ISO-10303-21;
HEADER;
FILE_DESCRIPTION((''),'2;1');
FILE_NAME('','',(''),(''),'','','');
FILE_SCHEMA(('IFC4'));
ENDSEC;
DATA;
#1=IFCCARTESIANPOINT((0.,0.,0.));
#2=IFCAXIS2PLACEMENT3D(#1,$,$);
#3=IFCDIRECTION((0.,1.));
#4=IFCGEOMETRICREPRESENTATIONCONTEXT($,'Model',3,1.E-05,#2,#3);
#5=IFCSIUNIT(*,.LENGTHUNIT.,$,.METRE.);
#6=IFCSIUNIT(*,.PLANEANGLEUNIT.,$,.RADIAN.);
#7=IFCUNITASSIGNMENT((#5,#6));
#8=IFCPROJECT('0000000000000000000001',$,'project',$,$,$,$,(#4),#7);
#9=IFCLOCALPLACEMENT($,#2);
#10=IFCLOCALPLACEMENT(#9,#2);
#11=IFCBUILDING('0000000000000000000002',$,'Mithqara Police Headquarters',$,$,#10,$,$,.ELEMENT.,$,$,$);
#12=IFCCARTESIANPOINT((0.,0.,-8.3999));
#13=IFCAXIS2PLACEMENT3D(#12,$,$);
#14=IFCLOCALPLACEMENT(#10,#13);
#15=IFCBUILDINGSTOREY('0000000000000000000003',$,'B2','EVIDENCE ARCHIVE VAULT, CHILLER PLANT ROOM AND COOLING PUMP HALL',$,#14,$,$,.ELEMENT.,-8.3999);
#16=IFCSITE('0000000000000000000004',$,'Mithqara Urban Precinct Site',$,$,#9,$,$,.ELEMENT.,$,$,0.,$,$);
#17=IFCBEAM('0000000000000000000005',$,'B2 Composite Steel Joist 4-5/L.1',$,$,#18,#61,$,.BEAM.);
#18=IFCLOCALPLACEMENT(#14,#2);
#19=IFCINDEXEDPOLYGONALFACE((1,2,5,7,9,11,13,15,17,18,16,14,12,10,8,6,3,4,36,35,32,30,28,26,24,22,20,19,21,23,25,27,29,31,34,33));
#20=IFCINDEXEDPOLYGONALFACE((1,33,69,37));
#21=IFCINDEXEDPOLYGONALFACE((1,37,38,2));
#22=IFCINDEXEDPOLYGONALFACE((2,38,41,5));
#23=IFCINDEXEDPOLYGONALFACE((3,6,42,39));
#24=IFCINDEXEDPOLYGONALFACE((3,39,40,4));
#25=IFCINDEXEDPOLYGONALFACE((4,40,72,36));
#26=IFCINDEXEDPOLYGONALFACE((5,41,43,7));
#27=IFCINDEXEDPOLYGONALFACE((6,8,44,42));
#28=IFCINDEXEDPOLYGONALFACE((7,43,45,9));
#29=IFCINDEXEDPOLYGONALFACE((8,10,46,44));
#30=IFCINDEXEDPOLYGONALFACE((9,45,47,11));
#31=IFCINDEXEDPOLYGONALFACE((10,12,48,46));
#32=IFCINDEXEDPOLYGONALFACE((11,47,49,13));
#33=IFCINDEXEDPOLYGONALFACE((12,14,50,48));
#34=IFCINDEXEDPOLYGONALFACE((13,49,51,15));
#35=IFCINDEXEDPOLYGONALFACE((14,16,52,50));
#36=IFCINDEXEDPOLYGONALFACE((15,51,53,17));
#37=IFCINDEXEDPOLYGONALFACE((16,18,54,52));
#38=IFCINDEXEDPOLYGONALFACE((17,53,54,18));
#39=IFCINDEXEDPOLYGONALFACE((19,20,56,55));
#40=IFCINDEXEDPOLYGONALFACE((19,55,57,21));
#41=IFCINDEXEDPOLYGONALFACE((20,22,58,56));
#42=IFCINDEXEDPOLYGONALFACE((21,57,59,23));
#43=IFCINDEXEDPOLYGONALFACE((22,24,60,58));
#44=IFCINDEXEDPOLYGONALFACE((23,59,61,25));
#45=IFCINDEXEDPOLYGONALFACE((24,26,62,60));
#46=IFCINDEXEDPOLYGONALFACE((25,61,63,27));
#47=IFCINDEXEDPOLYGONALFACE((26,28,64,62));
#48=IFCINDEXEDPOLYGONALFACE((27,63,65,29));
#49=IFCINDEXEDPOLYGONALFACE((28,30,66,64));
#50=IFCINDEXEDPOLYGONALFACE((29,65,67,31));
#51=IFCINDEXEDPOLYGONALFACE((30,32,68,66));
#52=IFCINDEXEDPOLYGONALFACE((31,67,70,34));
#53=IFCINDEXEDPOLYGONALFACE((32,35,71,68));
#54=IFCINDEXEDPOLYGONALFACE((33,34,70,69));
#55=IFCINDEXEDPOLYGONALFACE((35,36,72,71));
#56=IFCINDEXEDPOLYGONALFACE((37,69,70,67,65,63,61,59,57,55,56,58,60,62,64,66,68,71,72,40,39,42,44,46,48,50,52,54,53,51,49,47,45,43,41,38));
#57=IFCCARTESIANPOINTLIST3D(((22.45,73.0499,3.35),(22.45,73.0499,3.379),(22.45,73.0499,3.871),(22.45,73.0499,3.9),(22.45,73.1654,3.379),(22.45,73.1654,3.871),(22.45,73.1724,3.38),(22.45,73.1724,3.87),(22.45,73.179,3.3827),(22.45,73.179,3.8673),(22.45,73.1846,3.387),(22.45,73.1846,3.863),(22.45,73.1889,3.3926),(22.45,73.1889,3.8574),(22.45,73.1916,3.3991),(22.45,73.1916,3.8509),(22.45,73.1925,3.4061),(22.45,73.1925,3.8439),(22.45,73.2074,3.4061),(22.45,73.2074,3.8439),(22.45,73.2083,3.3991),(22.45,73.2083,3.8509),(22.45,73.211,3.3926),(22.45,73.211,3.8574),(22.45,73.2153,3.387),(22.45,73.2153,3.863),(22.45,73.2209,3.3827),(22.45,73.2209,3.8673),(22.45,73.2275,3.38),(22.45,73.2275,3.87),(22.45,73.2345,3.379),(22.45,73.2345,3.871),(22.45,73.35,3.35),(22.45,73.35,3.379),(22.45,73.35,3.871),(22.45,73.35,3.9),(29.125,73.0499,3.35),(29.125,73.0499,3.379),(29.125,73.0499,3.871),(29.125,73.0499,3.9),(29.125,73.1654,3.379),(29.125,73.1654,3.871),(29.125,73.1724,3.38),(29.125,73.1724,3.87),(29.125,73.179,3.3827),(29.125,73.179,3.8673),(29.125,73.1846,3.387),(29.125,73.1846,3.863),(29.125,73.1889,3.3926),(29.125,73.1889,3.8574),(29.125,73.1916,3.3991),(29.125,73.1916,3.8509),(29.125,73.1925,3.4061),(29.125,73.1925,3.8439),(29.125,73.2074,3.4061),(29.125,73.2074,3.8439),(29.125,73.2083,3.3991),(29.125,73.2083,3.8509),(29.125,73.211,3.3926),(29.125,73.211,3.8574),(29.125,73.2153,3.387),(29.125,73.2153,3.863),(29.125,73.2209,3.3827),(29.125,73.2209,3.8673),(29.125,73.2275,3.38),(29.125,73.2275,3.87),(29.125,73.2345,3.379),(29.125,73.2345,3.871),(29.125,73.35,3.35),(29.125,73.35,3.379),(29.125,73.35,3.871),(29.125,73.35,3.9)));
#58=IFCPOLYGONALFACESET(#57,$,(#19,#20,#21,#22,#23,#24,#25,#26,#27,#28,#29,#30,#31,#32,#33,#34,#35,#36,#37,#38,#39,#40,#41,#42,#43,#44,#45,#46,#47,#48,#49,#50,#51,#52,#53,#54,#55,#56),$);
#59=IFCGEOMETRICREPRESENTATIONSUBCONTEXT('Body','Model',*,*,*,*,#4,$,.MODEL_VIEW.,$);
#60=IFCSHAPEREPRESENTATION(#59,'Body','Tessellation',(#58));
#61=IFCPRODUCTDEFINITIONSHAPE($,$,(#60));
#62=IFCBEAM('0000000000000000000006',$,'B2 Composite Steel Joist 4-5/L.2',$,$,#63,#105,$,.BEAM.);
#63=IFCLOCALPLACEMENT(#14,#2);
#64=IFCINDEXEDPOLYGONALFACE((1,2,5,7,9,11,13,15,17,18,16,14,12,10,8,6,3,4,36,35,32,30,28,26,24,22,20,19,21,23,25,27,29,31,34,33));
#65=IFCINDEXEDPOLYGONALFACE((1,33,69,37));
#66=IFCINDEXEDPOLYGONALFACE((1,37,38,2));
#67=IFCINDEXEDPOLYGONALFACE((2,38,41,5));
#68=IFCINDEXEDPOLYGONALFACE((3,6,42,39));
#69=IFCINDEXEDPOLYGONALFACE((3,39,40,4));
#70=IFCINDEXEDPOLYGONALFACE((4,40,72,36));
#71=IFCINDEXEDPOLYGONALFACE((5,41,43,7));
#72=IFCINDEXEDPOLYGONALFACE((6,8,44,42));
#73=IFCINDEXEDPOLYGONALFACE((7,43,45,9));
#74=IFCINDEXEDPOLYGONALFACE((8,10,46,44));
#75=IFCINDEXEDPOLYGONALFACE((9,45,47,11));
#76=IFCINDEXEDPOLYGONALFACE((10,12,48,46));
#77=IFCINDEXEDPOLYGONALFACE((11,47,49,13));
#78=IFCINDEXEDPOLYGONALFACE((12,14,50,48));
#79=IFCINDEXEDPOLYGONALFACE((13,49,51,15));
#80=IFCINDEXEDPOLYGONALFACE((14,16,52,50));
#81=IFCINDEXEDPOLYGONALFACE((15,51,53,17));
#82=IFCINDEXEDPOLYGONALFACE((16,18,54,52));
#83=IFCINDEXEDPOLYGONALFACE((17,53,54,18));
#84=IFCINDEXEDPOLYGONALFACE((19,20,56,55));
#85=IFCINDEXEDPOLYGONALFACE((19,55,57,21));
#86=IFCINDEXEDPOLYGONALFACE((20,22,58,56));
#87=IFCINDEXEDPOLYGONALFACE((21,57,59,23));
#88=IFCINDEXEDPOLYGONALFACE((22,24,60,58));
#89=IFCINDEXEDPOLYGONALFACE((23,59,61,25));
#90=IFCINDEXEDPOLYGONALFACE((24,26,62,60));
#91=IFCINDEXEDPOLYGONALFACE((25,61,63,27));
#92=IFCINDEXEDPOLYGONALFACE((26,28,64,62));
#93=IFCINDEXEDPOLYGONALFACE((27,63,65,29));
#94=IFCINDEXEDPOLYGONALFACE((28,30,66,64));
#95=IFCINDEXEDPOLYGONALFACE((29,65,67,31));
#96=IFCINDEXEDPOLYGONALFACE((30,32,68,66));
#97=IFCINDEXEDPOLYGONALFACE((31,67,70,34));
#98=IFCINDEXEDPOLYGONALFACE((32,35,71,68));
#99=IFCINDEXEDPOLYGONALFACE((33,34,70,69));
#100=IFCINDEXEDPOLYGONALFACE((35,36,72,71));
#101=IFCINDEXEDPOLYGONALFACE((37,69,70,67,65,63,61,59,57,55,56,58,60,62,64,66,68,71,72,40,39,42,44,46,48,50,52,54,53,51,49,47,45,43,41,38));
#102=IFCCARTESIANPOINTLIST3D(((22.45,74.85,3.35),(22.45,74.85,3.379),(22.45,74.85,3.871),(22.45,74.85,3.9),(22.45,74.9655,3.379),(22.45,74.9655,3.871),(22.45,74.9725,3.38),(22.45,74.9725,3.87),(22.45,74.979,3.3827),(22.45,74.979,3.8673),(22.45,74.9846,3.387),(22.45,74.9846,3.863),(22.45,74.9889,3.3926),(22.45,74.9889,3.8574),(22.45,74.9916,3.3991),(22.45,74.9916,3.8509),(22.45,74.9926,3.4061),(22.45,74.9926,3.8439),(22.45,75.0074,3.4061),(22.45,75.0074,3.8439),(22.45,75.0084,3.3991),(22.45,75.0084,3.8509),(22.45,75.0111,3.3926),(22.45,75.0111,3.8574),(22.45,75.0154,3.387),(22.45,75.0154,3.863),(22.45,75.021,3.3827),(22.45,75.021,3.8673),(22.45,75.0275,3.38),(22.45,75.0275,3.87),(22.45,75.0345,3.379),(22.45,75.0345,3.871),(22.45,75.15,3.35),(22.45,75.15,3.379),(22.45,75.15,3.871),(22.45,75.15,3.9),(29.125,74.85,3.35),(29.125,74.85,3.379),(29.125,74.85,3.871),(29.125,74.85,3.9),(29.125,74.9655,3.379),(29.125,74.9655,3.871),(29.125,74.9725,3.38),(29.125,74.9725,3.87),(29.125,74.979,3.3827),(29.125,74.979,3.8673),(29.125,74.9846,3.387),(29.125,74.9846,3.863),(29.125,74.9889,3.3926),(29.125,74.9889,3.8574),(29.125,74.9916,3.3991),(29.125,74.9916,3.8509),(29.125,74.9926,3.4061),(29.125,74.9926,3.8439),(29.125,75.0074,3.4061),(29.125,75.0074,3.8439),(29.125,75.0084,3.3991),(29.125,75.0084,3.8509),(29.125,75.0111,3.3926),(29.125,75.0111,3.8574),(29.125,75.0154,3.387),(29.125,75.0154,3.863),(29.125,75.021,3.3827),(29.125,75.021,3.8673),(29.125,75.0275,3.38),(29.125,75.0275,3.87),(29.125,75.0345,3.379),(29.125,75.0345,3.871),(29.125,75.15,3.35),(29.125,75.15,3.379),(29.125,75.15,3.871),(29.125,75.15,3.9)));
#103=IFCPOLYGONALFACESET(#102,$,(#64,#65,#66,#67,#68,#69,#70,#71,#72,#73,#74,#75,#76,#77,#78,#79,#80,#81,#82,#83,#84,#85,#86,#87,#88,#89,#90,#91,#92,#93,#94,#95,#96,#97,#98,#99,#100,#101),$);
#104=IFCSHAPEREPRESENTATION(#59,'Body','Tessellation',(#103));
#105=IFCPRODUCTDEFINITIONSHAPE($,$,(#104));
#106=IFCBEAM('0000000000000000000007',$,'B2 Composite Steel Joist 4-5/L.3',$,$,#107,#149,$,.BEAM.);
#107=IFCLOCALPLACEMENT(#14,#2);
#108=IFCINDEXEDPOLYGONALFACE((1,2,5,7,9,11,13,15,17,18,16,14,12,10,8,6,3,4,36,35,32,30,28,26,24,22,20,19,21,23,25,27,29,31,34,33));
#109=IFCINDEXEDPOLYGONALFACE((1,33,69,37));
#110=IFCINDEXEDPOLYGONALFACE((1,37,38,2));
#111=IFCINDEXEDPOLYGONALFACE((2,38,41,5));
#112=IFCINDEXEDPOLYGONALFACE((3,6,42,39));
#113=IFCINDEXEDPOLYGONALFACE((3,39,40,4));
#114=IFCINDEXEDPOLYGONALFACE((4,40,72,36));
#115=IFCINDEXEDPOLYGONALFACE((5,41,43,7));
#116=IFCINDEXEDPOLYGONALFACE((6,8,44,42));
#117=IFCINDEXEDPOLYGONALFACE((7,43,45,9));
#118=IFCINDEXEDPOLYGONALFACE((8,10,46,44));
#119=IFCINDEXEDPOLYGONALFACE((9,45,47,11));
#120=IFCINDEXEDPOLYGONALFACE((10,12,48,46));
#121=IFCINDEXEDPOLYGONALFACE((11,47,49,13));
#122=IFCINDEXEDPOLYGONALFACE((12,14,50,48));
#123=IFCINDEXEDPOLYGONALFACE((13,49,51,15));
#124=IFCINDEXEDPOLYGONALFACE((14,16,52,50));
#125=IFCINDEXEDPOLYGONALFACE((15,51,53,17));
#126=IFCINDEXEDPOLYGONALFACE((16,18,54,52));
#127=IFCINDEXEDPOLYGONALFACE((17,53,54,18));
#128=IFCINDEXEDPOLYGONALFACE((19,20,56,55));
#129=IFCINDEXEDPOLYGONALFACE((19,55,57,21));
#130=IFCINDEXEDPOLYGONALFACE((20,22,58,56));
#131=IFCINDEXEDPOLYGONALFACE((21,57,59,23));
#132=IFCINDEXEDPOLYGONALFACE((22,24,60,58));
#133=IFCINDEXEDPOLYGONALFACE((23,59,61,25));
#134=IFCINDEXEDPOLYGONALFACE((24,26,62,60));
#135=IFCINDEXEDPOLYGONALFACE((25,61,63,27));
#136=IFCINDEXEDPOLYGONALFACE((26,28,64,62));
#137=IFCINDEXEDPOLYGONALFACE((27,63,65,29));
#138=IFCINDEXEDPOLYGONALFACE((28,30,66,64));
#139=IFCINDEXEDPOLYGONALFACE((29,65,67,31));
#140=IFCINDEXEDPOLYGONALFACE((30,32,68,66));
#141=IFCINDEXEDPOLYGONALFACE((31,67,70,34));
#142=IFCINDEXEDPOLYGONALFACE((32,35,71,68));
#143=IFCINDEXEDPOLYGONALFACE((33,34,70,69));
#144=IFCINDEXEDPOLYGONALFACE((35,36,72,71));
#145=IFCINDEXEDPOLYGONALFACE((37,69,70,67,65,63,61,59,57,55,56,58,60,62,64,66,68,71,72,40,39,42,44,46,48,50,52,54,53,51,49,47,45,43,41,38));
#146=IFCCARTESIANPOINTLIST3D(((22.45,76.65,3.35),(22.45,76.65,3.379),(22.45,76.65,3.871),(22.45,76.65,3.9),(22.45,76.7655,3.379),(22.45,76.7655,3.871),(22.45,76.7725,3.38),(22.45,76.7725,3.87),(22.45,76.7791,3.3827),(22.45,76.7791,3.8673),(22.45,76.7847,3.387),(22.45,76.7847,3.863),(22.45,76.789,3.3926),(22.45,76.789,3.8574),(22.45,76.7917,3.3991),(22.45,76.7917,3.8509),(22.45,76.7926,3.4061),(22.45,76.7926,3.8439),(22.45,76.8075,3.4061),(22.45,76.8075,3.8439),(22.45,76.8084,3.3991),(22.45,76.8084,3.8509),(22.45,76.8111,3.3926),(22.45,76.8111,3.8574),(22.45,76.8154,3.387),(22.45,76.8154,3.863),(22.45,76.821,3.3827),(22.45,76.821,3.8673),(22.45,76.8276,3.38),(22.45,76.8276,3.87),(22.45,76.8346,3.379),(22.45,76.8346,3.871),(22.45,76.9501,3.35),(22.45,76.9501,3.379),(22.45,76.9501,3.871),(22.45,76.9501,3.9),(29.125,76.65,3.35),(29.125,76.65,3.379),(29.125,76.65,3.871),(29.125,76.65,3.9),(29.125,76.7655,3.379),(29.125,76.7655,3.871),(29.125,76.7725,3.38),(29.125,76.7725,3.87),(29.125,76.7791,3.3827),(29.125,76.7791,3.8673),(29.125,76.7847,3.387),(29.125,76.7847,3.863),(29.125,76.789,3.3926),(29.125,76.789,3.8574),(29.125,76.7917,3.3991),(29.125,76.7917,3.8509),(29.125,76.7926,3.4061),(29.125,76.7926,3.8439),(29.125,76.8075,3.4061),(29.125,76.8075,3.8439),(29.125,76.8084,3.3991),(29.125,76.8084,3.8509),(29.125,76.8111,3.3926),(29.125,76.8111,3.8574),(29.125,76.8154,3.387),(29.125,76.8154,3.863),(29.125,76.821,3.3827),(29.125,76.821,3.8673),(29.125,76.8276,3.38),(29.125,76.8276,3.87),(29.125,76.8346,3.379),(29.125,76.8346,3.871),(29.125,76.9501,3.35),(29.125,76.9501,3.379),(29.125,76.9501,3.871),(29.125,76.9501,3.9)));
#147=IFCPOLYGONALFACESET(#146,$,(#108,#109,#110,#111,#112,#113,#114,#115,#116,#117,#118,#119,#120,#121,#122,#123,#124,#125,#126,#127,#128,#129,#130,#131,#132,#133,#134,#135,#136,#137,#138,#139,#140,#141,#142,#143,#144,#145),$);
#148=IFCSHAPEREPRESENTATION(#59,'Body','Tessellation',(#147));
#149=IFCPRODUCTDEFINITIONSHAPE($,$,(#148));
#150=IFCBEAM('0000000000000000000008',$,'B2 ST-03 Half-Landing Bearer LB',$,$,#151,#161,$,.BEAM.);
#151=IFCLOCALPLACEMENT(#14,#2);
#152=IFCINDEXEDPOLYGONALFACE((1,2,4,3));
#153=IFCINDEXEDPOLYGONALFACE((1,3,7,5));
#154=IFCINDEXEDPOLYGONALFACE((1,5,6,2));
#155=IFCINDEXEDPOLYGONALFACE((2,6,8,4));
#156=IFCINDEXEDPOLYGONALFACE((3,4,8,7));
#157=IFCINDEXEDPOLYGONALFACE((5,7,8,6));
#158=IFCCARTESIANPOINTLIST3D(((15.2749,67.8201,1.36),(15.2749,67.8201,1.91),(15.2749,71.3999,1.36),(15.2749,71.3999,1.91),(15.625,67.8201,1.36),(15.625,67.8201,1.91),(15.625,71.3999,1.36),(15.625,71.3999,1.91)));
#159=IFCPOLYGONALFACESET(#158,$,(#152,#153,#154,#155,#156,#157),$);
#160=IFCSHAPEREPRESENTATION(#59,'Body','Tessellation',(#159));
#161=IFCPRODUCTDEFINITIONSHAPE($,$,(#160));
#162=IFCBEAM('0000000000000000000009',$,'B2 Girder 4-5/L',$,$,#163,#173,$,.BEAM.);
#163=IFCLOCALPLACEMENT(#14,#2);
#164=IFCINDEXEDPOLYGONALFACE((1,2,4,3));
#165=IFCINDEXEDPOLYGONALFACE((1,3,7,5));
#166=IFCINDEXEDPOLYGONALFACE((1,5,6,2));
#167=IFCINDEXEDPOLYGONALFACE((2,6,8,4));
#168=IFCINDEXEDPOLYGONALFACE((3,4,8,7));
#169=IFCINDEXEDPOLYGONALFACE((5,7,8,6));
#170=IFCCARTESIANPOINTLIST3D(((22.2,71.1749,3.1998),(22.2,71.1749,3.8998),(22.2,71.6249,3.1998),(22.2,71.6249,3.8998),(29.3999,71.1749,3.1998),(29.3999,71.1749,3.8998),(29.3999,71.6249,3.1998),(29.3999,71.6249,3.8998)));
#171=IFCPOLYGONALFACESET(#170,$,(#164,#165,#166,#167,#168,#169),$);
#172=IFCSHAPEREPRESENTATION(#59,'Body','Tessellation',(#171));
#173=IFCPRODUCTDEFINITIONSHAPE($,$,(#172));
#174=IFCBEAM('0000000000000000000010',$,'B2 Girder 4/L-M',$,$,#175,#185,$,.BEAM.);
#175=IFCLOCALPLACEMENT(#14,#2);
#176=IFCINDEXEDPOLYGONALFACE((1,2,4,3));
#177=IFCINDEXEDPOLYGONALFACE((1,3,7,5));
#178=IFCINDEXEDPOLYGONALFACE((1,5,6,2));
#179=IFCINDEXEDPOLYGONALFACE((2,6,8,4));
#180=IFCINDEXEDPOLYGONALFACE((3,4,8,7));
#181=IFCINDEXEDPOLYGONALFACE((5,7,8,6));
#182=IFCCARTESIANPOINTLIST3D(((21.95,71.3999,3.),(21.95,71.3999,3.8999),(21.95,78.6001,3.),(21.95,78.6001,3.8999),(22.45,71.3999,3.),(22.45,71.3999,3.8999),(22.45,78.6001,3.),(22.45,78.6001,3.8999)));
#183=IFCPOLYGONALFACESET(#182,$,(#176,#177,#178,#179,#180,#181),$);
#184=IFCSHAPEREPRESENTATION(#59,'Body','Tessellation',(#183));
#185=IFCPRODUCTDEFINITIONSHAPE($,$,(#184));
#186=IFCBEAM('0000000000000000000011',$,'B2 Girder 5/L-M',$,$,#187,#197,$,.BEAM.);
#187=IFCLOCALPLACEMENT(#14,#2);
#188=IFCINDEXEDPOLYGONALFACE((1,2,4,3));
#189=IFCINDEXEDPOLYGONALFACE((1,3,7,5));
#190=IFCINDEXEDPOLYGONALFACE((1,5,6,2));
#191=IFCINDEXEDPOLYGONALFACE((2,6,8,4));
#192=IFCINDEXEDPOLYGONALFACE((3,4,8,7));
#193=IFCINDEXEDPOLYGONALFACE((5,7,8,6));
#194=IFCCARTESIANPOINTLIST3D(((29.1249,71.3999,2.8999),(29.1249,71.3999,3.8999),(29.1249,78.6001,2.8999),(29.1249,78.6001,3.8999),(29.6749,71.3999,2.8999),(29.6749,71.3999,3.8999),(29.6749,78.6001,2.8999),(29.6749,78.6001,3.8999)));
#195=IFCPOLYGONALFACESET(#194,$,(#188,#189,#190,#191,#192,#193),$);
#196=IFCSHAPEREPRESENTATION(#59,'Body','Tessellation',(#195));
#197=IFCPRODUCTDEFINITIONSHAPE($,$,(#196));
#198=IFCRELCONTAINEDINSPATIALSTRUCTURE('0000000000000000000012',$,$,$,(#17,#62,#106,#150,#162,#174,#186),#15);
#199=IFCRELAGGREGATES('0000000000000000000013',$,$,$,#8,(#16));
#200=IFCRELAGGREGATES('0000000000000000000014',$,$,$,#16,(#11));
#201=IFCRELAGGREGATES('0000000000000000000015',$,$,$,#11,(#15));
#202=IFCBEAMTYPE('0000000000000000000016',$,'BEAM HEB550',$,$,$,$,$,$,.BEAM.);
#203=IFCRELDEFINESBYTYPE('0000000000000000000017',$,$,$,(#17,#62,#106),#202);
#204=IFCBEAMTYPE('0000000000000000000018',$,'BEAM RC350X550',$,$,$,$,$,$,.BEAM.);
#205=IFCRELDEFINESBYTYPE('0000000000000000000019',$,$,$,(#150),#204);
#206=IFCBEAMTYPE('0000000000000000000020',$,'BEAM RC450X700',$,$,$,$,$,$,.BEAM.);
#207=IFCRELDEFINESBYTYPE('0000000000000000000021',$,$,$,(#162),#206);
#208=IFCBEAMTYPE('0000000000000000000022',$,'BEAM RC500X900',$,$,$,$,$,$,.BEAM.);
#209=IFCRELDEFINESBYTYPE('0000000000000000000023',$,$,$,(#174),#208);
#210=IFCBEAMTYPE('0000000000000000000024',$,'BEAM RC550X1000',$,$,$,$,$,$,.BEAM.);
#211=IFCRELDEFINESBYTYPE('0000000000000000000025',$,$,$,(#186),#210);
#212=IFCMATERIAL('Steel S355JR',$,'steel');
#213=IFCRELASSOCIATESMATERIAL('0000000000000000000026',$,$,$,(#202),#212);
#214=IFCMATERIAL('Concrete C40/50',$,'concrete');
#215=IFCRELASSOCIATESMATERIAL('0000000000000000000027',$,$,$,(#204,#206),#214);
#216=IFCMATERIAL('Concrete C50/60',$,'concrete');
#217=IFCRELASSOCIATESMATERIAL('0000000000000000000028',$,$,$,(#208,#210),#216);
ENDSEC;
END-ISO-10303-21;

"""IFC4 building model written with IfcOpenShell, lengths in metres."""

from ifc_helpers import new_model, si_unit, direction, frame, origin, origin_2d, place, context, subcontext, project, spatial, rectangle, i_section, extrude, material, material_profile, profile_set, type_object, element, save


model = new_model("IFC4")

# Units and contexts
model_context = context("Model", 3, precision=1e-05, world=origin(), true_north=direction((0.0, 1.0)))
body_context = subcontext(model_context, "Body", "Model", "MODEL_VIEW")
ifc_project = project(units=[si_unit("LENGTHUNIT", "METRE"), si_unit("PLANEANGLEUNIT", "RADIAN")], contexts=[model_context])

# Site, building, storey
site_placement = place(None, origin())
site = spatial("IfcSite", under=ifc_project, at=site_placement, Name="Mithqara Urban Precinct Site", CompositionType="ELEMENT", RefElevation=0.0)
building_placement = place(site_placement, origin())
building = spatial("IfcBuilding", under=site, at=building_placement, Name="Mithqara Police Headquarters", CompositionType="ELEMENT")
storey_placement = place(building_placement, frame((0.0, 0.0, -8.3999)))
storey = spatial("IfcBuildingStorey", under=building, at=storey_placement, Name="B2", Description="EVIDENCE ARCHIVE VAULT, CHILLER PLANT ROOM AND COOLING PUMP HALL", CompositionType="ELEMENT", Elevation=-8.3999)

# Shared definitions
ifc_material_1 = material(Name="Concrete C40/50", Category="concrete")

# Shared definitions
ifc_material_2 = material(Name="Concrete C50/60", Category="concrete")

# Beams
ifc_material_3 = material(Name="Steel S355JR", Category="steel")
ifc_material_profile_1 = material_profile(ifc_material_3, i_section(OverallWidth=0.3, OverallDepth=0.55, WebThickness=0.0149, FlangeThickness=0.0291, FilletRadius=0.0271, at=origin_2d()), Name="HEB 550")
ifc_profile_set_1 = profile_set([ifc_material_profile_1], Name="Steel S355JR")
beam_type_1 = type_object("IfcBeamType", Name="BEAM HEB550", PredefinedType="BEAM", material=ifc_profile_set_1)
for number, where, z_axis, x_axis, name in (
    (1, (22.45, 73.2, 3.625), (1.0, 0.0, 0.0), (0.0, 1.0, 0.0), "B2 Composite Steel Joist 4-5/L.1"),
    (2, (22.45, 75.0, 3.625), (1.0, 0.0, 0.0), (0.0, 1.0, 0.0), "B2 Composite Steel Joist 4-5/L.2"),
    (3, (22.45, 76.8, 3.625), (1.0, 0.0, 0.0), (0.0, 1.0, 0.0), "B2 Composite Steel Joist 4-5/L.3"),
):
    element("IfcBeam", number, at=place(storey_placement, frame(where, z_axis=z_axis, x_axis=x_axis)), inside=storey, type_object=beam_type_1, Name=name, PredefinedType="BEAM", context=body_context, shape_type="SweptSolid", body=[
        extrude(i_section(OverallWidth=0.3, OverallDepth=0.55, WebThickness=0.0149, FlangeThickness=0.0291, FilletRadius=0.0271, at=origin_2d()), origin(), (0.0, 0.0, 1.0), 6.675),
    ])
ifc_material_profile_2 = material_profile(ifc_material_1, rectangle(XDim=0.3501, YDim=0.55, at=origin_2d()), Name="RC 350x550")
ifc_profile_set_2 = profile_set([ifc_material_profile_2], Name="Concrete C40/50")
beam_type_2 = type_object("IfcBeamType", Name="BEAM RC350X550", PredefinedType="BEAM", material=ifc_profile_set_2)
beam_1_placement = place(storey_placement, frame((15.45, 67.8201, 1.635), z_axis=(0.0, 1.0, 0.0), x_axis=(-1.0, 0.0, 0.0)))
element("IfcBeam", 4, at=beam_1_placement, inside=storey, type_object=beam_type_2, Name="B2 ST-03 Half-Landing Bearer LB", PredefinedType="BEAM", context=body_context, shape_type="SweptSolid", body=[
    extrude(rectangle(XDim=0.3501, YDim=0.55, at=origin_2d()), origin(), (0.0, 0.0, 1.0), 3.5798),
])
ifc_material_profile_3 = material_profile(ifc_material_1, rectangle(XDim=0.45, YDim=0.7, at=origin_2d()), Name="RC 450x700")
ifc_profile_set_3 = profile_set([ifc_material_profile_3], Name="Concrete C40/50")
beam_type_3 = type_object("IfcBeamType", Name="BEAM RC450X700", PredefinedType="BEAM", material=ifc_profile_set_3)
beam_2_placement = place(storey_placement, frame((22.2, 71.3999, 3.5498), z_axis=(1.0, 0.0, 0.0), x_axis=(0.0, 1.0, 0.0)))
element("IfcBeam", 5, at=beam_2_placement, inside=storey, type_object=beam_type_3, Name="B2 Girder 4-5/L", PredefinedType="BEAM", context=body_context, shape_type="SweptSolid", body=[
    extrude(rectangle(XDim=0.45, YDim=0.7, at=origin_2d()), origin(), (0.0, 0.0, 1.0), 7.2),
])
ifc_material_profile_4 = material_profile(ifc_material_2, rectangle(XDim=0.5, YDim=0.8999, at=origin_2d()), Name="RC 500x900")
ifc_profile_set_4 = profile_set([ifc_material_profile_4], Name="Concrete C50/60")
beam_type_4 = type_object("IfcBeamType", Name="BEAM RC500X900", PredefinedType="BEAM", material=ifc_profile_set_4)
beam_3_placement = place(storey_placement, frame((22.2, 71.3999, 3.45), z_axis=(0.0, 1.0, 0.0), x_axis=(-1.0, 0.0, 0.0)))
element("IfcBeam", 6, at=beam_3_placement, inside=storey, type_object=beam_type_4, Name="B2 Girder 4/L-M", PredefinedType="BEAM", context=body_context, shape_type="SweptSolid", body=[
    extrude(rectangle(XDim=0.5, YDim=0.8999, at=origin_2d()), origin(), (0.0, 0.0, 1.0), 7.2002),
])
ifc_material_profile_5 = material_profile(ifc_material_2, rectangle(XDim=0.55, YDim=1.0, at=origin_2d()), Name="RC 550x1000")
ifc_profile_set_5 = profile_set([ifc_material_profile_5], Name="Concrete C50/60")
beam_type_5 = type_object("IfcBeamType", Name="BEAM RC550X1000", PredefinedType="BEAM", material=ifc_profile_set_5)
beam_4_placement = place(storey_placement, frame((29.3999, 71.3999, 3.3999), z_axis=(0.0, 1.0, 0.0), x_axis=(-1.0, 0.0, 0.0)))
element("IfcBeam", 7, at=beam_4_placement, inside=storey, type_object=beam_type_5, Name="B2 Girder 5/L-M", PredefinedType="BEAM", context=body_context, shape_type="SweptSolid", body=[
    extrude(rectangle(XDim=0.55, YDim=1.0, at=origin_2d()), origin(), (0.0, 0.0, 1.0), 7.2002),
])

save(model, "model.ifc")
